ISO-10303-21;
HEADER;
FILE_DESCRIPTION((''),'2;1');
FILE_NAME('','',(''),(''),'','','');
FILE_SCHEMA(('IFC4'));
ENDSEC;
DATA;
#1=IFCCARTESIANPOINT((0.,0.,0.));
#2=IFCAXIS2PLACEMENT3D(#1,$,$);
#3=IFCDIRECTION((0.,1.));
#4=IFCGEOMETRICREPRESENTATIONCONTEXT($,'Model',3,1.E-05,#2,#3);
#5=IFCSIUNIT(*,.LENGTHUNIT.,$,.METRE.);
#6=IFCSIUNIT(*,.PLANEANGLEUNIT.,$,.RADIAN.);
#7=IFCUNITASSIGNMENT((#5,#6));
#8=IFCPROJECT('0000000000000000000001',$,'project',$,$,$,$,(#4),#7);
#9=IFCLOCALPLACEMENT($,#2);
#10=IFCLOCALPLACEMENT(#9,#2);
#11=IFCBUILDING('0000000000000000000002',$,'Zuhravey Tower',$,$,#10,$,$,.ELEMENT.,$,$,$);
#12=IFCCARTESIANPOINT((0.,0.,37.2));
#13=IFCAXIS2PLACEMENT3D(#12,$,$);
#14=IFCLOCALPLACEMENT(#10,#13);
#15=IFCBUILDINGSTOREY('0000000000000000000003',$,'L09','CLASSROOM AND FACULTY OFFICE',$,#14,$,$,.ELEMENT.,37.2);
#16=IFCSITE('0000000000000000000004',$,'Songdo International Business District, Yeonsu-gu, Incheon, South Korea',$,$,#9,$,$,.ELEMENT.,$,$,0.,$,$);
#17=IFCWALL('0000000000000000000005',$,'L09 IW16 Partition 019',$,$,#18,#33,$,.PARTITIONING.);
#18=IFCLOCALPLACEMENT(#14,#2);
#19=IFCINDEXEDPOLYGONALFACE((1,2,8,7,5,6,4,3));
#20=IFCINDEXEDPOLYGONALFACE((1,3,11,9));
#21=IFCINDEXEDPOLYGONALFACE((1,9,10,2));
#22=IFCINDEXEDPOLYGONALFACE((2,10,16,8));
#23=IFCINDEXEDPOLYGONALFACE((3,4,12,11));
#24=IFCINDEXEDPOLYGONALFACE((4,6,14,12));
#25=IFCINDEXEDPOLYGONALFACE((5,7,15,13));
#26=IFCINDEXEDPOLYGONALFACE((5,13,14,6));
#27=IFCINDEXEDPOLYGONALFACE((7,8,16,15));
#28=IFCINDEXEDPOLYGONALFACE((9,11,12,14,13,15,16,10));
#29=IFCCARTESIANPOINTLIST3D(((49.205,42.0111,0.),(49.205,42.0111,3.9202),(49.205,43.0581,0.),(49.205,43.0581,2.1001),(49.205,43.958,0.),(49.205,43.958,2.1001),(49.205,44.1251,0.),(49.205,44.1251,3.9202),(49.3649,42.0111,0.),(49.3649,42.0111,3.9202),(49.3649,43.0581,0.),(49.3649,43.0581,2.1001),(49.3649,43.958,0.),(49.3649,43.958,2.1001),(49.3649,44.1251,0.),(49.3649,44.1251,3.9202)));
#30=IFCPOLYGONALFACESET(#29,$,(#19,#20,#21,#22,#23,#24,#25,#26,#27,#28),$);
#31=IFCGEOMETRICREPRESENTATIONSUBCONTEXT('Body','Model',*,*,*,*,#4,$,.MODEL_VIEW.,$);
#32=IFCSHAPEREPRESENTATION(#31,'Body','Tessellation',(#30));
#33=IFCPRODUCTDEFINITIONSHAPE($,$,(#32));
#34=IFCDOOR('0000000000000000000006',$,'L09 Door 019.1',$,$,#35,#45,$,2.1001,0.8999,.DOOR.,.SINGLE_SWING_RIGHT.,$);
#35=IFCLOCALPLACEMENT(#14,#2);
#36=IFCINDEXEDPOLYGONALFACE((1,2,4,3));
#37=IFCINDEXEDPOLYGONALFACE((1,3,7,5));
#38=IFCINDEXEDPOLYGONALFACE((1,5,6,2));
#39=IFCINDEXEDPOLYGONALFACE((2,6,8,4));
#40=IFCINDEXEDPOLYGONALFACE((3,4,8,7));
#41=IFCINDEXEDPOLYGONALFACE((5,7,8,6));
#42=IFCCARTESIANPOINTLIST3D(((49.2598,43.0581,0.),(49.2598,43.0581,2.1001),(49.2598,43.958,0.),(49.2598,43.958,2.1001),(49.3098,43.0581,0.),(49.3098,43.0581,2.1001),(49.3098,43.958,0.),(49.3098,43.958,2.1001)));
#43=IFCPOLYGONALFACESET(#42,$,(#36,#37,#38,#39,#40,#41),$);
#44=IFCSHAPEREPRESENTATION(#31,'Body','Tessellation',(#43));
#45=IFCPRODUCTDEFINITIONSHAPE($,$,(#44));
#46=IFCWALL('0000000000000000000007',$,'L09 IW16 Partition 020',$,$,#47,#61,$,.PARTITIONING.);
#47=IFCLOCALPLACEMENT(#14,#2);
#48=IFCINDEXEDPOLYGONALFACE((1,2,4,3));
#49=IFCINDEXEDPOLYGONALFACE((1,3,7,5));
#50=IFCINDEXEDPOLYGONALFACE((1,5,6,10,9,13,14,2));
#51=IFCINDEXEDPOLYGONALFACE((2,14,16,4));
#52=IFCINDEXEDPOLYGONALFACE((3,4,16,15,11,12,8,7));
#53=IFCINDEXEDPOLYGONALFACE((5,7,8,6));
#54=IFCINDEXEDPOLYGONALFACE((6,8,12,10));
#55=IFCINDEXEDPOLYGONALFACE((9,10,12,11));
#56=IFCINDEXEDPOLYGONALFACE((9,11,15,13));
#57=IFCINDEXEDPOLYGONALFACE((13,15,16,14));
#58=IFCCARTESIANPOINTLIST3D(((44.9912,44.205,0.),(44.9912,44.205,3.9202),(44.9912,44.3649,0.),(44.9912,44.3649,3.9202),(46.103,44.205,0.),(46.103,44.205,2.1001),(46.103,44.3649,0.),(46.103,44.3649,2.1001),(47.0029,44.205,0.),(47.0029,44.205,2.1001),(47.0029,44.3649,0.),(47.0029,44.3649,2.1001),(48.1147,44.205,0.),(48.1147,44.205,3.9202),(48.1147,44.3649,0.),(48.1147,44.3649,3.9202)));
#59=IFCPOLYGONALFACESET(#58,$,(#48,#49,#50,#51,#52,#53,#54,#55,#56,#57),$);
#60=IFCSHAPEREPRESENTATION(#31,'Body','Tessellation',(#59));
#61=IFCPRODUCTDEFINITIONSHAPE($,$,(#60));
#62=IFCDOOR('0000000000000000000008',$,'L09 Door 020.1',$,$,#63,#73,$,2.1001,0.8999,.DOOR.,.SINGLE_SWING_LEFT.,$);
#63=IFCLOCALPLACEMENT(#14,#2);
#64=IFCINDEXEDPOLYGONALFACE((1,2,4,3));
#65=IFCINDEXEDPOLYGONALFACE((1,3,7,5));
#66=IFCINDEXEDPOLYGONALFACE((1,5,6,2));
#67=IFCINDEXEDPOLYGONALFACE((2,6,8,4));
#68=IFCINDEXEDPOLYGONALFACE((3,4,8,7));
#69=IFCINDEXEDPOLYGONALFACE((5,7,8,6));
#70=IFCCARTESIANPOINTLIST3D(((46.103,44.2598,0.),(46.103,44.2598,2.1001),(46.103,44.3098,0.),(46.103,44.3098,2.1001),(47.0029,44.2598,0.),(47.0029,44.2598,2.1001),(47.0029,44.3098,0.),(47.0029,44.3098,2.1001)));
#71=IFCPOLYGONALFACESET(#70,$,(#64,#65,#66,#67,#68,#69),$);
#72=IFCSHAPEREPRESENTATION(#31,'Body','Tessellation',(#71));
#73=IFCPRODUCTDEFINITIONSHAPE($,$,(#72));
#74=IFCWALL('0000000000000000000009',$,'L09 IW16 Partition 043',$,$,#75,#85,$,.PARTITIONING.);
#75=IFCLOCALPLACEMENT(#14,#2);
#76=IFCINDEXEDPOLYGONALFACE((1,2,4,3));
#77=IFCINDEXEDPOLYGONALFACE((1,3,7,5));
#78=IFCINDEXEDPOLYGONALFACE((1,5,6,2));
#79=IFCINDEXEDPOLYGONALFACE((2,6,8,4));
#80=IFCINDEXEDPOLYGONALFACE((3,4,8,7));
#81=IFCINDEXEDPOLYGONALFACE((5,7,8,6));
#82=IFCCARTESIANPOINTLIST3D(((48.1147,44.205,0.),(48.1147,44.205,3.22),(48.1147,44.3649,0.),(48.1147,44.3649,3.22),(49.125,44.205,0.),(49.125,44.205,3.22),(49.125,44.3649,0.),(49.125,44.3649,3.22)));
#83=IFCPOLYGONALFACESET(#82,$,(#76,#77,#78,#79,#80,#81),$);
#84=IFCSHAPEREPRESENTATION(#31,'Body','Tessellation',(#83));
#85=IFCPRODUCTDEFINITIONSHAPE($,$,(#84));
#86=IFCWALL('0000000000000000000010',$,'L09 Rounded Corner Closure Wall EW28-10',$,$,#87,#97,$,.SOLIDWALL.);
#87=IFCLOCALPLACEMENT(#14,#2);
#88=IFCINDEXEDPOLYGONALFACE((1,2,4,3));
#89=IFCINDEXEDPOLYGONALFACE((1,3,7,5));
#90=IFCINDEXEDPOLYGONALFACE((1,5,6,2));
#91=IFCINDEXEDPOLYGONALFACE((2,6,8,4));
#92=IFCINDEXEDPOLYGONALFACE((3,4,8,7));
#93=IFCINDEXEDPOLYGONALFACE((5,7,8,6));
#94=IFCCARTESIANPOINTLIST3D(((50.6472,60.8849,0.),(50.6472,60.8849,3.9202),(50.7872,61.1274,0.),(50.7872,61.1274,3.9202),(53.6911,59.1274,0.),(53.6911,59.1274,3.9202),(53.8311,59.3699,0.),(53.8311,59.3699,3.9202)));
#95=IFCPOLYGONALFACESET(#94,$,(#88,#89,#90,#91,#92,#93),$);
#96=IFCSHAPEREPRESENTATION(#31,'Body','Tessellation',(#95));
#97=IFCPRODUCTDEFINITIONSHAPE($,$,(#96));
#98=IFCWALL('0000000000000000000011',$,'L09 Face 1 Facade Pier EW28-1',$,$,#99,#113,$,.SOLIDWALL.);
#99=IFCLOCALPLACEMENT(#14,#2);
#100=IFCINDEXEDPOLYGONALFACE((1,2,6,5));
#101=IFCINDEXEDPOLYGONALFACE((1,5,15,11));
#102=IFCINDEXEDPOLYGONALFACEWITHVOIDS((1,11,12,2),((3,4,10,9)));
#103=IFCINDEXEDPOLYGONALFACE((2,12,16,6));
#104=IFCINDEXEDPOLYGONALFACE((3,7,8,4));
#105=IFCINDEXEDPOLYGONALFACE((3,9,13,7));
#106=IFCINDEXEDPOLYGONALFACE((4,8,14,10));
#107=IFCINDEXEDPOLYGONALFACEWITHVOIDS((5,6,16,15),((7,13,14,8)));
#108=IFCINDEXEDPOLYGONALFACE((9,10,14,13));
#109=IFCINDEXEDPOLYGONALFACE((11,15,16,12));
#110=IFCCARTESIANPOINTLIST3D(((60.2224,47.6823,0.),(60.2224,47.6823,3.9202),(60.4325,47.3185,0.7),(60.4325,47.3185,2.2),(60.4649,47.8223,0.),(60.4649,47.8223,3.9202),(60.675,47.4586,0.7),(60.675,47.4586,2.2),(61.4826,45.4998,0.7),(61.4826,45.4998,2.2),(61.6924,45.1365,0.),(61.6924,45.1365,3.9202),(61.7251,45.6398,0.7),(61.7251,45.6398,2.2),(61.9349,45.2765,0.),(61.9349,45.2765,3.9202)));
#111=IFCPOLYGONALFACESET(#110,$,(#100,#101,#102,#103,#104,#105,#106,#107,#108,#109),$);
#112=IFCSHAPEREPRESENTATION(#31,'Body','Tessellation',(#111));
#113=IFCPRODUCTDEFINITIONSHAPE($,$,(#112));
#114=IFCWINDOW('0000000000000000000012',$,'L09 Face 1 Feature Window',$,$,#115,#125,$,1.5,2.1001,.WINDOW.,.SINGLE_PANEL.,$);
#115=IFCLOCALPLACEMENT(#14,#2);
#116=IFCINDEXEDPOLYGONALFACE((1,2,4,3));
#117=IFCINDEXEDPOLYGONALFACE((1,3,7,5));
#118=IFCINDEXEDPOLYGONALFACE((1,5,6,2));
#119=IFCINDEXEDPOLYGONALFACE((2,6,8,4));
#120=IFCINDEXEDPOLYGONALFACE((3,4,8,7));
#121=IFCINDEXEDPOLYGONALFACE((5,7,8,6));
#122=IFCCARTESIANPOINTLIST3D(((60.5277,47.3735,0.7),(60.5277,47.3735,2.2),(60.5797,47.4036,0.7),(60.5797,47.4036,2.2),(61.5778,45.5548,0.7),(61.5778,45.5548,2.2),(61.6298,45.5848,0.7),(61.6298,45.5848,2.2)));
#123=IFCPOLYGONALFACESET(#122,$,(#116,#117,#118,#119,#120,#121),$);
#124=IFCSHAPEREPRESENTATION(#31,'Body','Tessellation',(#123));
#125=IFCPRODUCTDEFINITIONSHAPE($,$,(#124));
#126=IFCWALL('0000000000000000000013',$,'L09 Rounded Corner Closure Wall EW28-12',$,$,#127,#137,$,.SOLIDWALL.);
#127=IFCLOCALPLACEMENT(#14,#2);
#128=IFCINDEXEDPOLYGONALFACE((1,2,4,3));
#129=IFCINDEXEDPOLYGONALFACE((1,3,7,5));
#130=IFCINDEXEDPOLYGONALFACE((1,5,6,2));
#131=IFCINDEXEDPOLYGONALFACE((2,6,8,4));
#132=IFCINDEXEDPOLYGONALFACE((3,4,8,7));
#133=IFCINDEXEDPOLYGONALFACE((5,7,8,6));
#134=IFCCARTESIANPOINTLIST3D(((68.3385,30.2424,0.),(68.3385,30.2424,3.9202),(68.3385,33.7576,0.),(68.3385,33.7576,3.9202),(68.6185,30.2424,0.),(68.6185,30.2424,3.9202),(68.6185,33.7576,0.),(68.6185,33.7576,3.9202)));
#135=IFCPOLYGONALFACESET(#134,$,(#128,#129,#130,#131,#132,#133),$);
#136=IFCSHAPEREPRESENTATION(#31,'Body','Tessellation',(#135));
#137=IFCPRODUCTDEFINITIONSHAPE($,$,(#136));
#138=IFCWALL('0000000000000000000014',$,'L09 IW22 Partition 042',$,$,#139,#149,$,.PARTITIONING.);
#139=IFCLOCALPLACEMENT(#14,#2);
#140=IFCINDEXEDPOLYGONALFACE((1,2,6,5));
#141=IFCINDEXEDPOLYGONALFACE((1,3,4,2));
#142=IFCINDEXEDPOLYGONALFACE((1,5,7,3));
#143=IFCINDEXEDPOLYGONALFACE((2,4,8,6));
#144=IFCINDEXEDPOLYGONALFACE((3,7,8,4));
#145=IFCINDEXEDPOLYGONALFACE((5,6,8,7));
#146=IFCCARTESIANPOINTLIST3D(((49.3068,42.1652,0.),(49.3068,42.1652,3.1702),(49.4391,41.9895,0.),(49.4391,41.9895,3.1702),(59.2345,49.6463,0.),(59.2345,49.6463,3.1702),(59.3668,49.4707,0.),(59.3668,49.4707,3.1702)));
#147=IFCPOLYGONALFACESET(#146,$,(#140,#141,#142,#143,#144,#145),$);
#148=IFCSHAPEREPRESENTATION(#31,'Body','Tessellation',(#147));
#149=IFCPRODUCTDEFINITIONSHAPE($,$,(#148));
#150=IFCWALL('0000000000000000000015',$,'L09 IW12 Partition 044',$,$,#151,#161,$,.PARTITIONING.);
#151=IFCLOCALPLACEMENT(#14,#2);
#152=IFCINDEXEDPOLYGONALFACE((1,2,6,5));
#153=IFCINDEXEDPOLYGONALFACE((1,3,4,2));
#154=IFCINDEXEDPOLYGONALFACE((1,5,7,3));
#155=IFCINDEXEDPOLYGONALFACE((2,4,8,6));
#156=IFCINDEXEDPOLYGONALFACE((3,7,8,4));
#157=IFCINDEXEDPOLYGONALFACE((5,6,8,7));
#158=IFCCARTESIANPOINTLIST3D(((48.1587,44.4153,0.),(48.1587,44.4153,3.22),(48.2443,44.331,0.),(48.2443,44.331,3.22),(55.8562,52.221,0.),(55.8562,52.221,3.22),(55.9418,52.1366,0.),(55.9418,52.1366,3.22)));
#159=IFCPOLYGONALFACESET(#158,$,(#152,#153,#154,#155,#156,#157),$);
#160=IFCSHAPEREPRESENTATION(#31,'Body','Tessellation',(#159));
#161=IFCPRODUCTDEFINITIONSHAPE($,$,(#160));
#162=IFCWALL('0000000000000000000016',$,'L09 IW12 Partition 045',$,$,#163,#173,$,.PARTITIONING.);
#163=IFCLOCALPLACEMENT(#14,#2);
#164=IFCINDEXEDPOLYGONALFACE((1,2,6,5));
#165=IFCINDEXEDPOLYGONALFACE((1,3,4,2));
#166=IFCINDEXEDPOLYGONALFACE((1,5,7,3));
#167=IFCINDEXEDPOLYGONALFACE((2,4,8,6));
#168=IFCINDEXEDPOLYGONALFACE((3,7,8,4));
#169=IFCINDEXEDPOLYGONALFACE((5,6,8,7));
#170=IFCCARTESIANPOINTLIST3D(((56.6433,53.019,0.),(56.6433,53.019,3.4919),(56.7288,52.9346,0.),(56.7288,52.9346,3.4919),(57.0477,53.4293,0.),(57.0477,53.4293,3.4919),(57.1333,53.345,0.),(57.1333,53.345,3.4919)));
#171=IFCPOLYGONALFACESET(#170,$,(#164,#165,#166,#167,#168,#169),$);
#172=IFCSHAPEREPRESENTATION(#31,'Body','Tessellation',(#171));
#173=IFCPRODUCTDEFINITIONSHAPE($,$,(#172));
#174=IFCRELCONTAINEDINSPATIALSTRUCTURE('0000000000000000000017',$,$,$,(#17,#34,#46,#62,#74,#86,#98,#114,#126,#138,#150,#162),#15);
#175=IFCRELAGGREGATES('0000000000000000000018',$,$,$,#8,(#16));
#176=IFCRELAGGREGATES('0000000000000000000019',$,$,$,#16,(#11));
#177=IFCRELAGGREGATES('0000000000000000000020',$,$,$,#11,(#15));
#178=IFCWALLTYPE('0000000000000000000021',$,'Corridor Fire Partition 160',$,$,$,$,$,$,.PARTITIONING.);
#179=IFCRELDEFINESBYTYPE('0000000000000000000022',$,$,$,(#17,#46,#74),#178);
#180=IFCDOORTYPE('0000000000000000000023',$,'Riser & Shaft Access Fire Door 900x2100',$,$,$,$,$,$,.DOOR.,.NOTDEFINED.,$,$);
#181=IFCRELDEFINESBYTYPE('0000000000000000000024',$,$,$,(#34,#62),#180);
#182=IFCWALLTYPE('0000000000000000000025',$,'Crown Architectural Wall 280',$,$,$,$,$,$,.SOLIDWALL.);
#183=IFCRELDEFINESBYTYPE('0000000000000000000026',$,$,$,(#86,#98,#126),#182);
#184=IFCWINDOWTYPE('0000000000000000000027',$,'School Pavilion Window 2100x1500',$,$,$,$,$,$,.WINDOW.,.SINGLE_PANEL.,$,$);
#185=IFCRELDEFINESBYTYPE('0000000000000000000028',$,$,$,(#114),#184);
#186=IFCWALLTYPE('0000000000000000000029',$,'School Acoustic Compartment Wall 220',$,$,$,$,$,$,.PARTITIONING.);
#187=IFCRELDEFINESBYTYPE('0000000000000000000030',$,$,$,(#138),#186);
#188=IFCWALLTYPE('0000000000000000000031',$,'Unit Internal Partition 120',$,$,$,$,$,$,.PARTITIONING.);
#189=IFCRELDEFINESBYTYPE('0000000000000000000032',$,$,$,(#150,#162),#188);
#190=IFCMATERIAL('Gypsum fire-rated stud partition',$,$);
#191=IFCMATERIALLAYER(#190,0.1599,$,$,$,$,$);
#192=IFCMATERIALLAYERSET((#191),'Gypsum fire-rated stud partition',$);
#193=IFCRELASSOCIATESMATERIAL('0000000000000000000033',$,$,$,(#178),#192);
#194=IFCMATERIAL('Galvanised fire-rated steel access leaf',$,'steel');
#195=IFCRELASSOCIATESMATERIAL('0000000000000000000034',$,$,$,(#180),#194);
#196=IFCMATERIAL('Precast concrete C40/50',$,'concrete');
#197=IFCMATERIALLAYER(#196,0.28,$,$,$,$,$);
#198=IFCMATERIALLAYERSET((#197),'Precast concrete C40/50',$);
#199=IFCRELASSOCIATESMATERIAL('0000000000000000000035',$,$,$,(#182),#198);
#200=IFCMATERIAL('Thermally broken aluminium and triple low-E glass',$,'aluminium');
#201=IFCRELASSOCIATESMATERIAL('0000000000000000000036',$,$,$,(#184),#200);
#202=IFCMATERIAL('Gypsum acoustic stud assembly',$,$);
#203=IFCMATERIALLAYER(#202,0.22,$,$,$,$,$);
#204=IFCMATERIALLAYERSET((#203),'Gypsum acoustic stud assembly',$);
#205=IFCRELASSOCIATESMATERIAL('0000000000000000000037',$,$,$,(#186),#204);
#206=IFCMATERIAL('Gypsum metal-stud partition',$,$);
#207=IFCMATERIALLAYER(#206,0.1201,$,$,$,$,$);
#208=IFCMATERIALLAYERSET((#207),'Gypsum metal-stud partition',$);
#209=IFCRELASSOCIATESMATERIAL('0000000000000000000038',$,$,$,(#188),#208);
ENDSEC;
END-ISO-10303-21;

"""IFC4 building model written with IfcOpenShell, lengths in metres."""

from ifc_helpers import new_model, si_unit, direction, frame, frame_2d, origin, place, context, subcontext, project, spatial, rectangle, extrude, material, layer, layer_set, type_object, element, fill, save


model = new_model("IFC4")

# Units and contexts
model_context = context("Model", 3, precision=1e-05, world=origin(), true_north=direction((0.0, 1.0)))
body_context = subcontext(model_context, "Body", "Model", "MODEL_VIEW")
ifc_project = project(units=[si_unit("LENGTHUNIT", "METRE"), si_unit("PLANEANGLEUNIT", "RADIAN")], contexts=[model_context])

# Site, building, storey
site_placement = place(None, origin())
site = spatial("IfcSite", under=ifc_project, at=site_placement, Name="Songdo International Business District, Yeonsu-gu, Incheon, South Korea", CompositionType="ELEMENT", RefElevation=0.0)
building_placement = place(site_placement, origin())
building = spatial("IfcBuilding", under=site, at=building_placement, Name="Zuhravey Tower", CompositionType="ELEMENT")
storey_placement = place(building_placement, frame((0.0, 0.0, 37.2)))
storey = spatial("IfcBuildingStorey", under=building, at=storey_placement, Name="L09", Description="CLASSROOM AND FACULTY OFFICE", CompositionType="ELEMENT", Elevation=37.2)

# Walls, openings, doors
ifc_material_1 = material(Name="Gypsum fire-rated stud partition")
ifc_layer_1 = layer(ifc_material_1, 0.1599)
ifc_layer_set_1 = layer_set([ifc_layer_1], Name="Gypsum fire-rated stud partition")
wall_type_1 = type_object("IfcWallType", Name="Corridor Fire Partition 160", PredefinedType="PARTITIONING", material=ifc_layer_set_1)
wall_1_placement = place(storey_placement, frame((49.2849, 42.011, 0.0), z_axis=(0.0, 0.0, 1.0), x_axis=(0.0, 1.0, 0.0)))
wall_1 = element("IfcWall", 1, at=wall_1_placement, inside=storey, type_object=wall_type_1, Name="L09 IW16 Partition 019", PredefinedType="PARTITIONING", context=body_context, shape_type="SweptSolid", body=[
    extrude(rectangle(XDim=2.114, YDim=0.1599, at=frame_2d((1.0571, 0.0))), origin(), (0.0, 0.0, 1.0), 3.9202),
])
opening_1_placement = place(wall_1_placement, frame((1.0471, 0.0, 0.0)))
opening_1 = element("IfcOpeningElement", 2, at=opening_1_placement, cuts=wall_1, PredefinedType="OPENING", context=body_context, shape_type="SweptSolid", body=[
    extrude(rectangle(XDim=0.8999, YDim=2.1001, at=frame_2d((0.45, 1.05))), frame((0.0, 0.092, 0.0), z_axis=(0.0, -1.0, 0.0), x_axis=(1.0, 0.0, 0.0)), (0.0, 0.0, 1.0), 0.1838),
])
ifc_material_2 = material(Name="Galvanised fire-rated steel access leaf", Category="steel")
door_type = type_object("IfcDoorType", Name="Riser & Shaft Access Fire Door 900x2100", OperationType="NOTDEFINED", PredefinedType="DOOR", material=ifc_material_2)
door_1_placement = place(opening_1_placement, frame((0.8999, 0.0, 0.0), z_axis=(0.0, 0.0, 1.0), x_axis=(-1.0, 0.0, 0.0)))
door_1 = element("IfcDoor", 3, at=door_1_placement, inside=storey, type_object=door_type, Name="L09 Door 019.1", OperationType="SINGLE_SWING_RIGHT", OverallHeight=2.1001, OverallWidth=0.8999, PredefinedType="DOOR", context=body_context, shape_type="SweptSolid", body=[
    extrude(rectangle(XDim=0.8999, YDim=2.1001, at=frame_2d((0.45, 1.05))), frame((0.0, 0.0249, 0.0), z_axis=(0.0, -1.0, 0.0), x_axis=(1.0, 0.0, 0.0)), (0.0, 0.0, 1.0), 0.05),
])
fill(opening_1, door_1)
wall_2_placement = place(storey_placement, frame((48.1147, 44.2849, 0.0), z_axis=(0.0, 0.0, 1.0), x_axis=(-1.0, 0.0, 0.0)))
wall_2 = element("IfcWall", 4, at=wall_2_placement, inside=storey, type_object=wall_type_1, Name="L09 IW16 Partition 020", PredefinedType="PARTITIONING", context=body_context, shape_type="SweptSolid", body=[
    extrude(rectangle(XDim=3.1235, YDim=0.1599, at=frame_2d((1.5618, 0.0))), origin(), (0.0, 0.0, 1.0), 3.9202),
])
opening_2_placement = place(wall_2_placement, frame((1.1118, 0.0, 0.0)))
opening_2 = element("IfcOpeningElement", 5, at=opening_2_placement, cuts=wall_2, PredefinedType="OPENING", context=body_context, shape_type="SweptSolid", body=[
    extrude(rectangle(XDim=0.8999, YDim=2.1001, at=frame_2d((0.45, 1.05))), frame((0.0, 0.092, 0.0), z_axis=(0.0, -1.0, 0.0), x_axis=(1.0, 0.0, 0.0)), (0.0, 0.0, 1.0), 0.1838),
])
door_2_placement = place(opening_2_placement, frame((0.8999, 0.0, 0.0), z_axis=(0.0, 0.0, 1.0), x_axis=(-1.0, 0.0, 0.0)))
door_2 = element("IfcDoor", 6, at=door_2_placement, inside=storey, type_object=door_type, Name="L09 Door 020.1", OperationType="SINGLE_SWING_LEFT", OverallHeight=2.1001, OverallWidth=0.8999, PredefinedType="DOOR", context=body_context, shape_type="SweptSolid", body=[
    extrude(rectangle(XDim=0.8999, YDim=2.1001, at=frame_2d((0.45, 1.05))), frame((0.0, 0.0249, 0.0), z_axis=(0.0, -1.0, 0.0), x_axis=(1.0, 0.0, 0.0)), (0.0, 0.0, 1.0), 0.05),
])
fill(opening_2, door_2)

# Walls
wall_3_placement = place(storey_placement, frame((49.125, 44.2849, 0.0), z_axis=(0.0, 0.0, 1.0), x_axis=(-1.0, 0.0, 0.0)))
element("IfcWall", 7, at=wall_3_placement, inside=storey, type_object=wall_type_1, Name="L09 IW16 Partition 043", PredefinedType="PARTITIONING", context=body_context, shape_type="SweptSolid", body=[
    extrude(rectangle(XDim=1.0103, YDim=0.1599, at=frame_2d((0.5051, 0.0))), origin(), (0.0, 0.0, 1.0), 3.22),
])
ifc_material_3 = material(Name="Precast concrete C40/50", Category="concrete")
ifc_layer_2 = layer(ifc_material_3, 0.28)
ifc_layer_set_2 = layer_set([ifc_layer_2], Name="Precast concrete C40/50")
wall_type_2 = type_object("IfcWallType", Name="Crown Architectural Wall 280", PredefinedType="SOLIDWALL", material=ifc_layer_set_2)
wall_4_placement = place(storey_placement, frame((50.7173, 61.0061, 0.0), z_axis=(0.0, 0.0, 1.0), x_axis=(0.866007, -0.500031, 0.0)))
element("IfcWall", 8, at=wall_4_placement, inside=storey, type_object=wall_type_2, Name="L09 Rounded Corner Closure Wall EW28-10", PredefinedType="SOLIDWALL", context=body_context, shape_type="SweptSolid", body=[
    extrude(rectangle(XDim=3.5149, YDim=0.28, at=frame_2d((1.7573, 0.0))), origin(), (0.0, 0.0, 1.0), 3.9202),
])

# Wall, opening, window
wall_5_placement = place(storey_placement, frame((60.3438, 47.7522, 0.0), z_axis=(0.0, 0.0, 1.0), x_axis=(0.500024, -0.866011, 0.0)))
wall_5 = element("IfcWall", 9, at=wall_5_placement, inside=storey, type_object=wall_type_2, Name="L09 Face 1 Facade Pier EW28-1", PredefinedType="SOLIDWALL", context=body_context, shape_type="SweptSolid", body=[
    extrude(rectangle(XDim=2.9397, YDim=0.28, at=frame_2d((1.4697, 0.0))), origin(), (0.0, 0.0, 1.0), 3.9202),
])
opening_3_placement = place(wall_5_placement, frame((0.4199, 0.0, 0.7)))
opening_3 = element("IfcOpeningElement", 10, at=opening_3_placement, cuts=wall_5, PredefinedType="OPENING", context=body_context, shape_type="SweptSolid", body=[
    extrude(rectangle(XDim=2.1001, YDim=1.5, at=frame_2d((1.05, 0.75))), frame((0.0, 0.1521, 0.0), z_axis=(0.0, -1.0, 0.0), x_axis=(1.0, 0.0, 0.0)), (0.0, 0.0, 1.0), 0.304),
])
ifc_material_4 = material(Name="Thermally broken aluminium and triple low-E glass", Category="aluminium")
window_type = type_object("IfcWindowType", Name="School Pavilion Window 2100x1500", PartitioningType="SINGLE_PANEL", PredefinedType="WINDOW", material=ifc_material_4)
window_placement = place(opening_3_placement, origin())
window = element("IfcWindow", 11, at=window_placement, inside=storey, type_object=window_type, Name="L09 Face 1 Feature Window", OverallHeight=1.5, OverallWidth=2.1001, PartitioningType="SINGLE_PANEL", PredefinedType="WINDOW", context=body_context, shape_type="SweptSolid", body=[
    extrude(rectangle(XDim=2.1001, YDim=1.5, at=frame_2d((1.05, 0.75))), frame((0.0, 0.03, 0.0), z_axis=(0.0, -1.0, 0.0), x_axis=(1.0, 0.0, 0.0)), (0.0, 0.0, 1.0), 0.0601),
])
fill(opening_3, window)

# Walls
wall_6_placement = place(storey_placement, frame((68.4785, 33.7576, 0.0), z_axis=(0.0, 0.0, 1.0), x_axis=(0.0, -1.0, 0.0)))
element("IfcWall", 12, at=wall_6_placement, inside=storey, type_object=wall_type_2, Name="L09 Rounded Corner Closure Wall EW28-12", PredefinedType="SOLIDWALL", context=body_context, shape_type="SweptSolid", body=[
    extrude(rectangle(XDim=3.5151, YDim=0.28, at=frame_2d((1.7576, 0.0))), origin(), (0.0, 0.0, 1.0), 3.9202),
])
ifc_material_5 = material(Name="Gypsum acoustic stud assembly")
ifc_layer_3 = layer(ifc_material_5, 0.22)
ifc_layer_set_3 = layer_set([ifc_layer_3], Name="Gypsum acoustic stud assembly")
wall_type_3 = type_object("IfcWallType", Name="School Acoustic Compartment Wall 220", PredefinedType="PARTITIONING", material=ifc_layer_set_3)
wall_7_placement = place(storey_placement, frame((49.373, 42.0774, 0.0), z_axis=(0.0, 0.0, 1.0), x_axis=(0.798631, 0.601821, 0.0)))
element("IfcWall", 13, at=wall_7_placement, inside=storey, type_object=wall_type_3, Name="L09 IW22 Partition 042", PredefinedType="PARTITIONING", context=body_context, shape_type="SweptSolid", body=[
    extrude(rectangle(XDim=12.4309, YDim=0.22, at=frame_2d((6.2153, 0.0))), origin(), (0.0, 0.0, 1.0), 3.1702),
])
ifc_material_6 = material(Name="Gypsum metal-stud partition")
ifc_layer_4 = layer(ifc_material_6, 0.1201)
ifc_layer_set_4 = layer_set([ifc_layer_4], Name="Gypsum metal-stud partition")
wall_type_4 = type_object("IfcWallType", Name="Unit Internal Partition 120", PredefinedType="PARTITIONING", material=ifc_layer_set_4)
wall_8_placement = place(storey_placement, frame((48.2014, 44.373, 0.0), z_axis=(0.0, 0.0, 1.0), x_axis=(0.702157, 0.712022, 0.0)))
element("IfcWall", 14, at=wall_8_placement, inside=storey, type_object=wall_type_4, Name="L09 IW12 Partition 044", PredefinedType="PARTITIONING", context=body_context, shape_type="SweptSolid", body=[
    extrude(rectangle(XDim=10.9626, YDim=0.1201, at=frame_2d((5.4814, 0.0))), origin(), (0.0, 0.0, 1.0), 3.22),
])
wall_9_placement = place(storey_placement, frame((56.686, 52.9768, 0.0), z_axis=(0.0, 0.0, 1.0), x_axis=(0.702005, 0.712172, 0.0)))
element("IfcWall", 15, at=wall_9_placement, inside=storey, type_object=wall_type_4, Name="L09 IW12 Partition 045", PredefinedType="PARTITIONING", context=body_context, shape_type="SweptSolid", body=[
    extrude(rectangle(XDim=0.5762, YDim=0.1201, at=frame_2d((0.2881, 0.0))), origin(), (0.0, 0.0, 1.0), 3.4919),
])

save(model, "model.ifc")
